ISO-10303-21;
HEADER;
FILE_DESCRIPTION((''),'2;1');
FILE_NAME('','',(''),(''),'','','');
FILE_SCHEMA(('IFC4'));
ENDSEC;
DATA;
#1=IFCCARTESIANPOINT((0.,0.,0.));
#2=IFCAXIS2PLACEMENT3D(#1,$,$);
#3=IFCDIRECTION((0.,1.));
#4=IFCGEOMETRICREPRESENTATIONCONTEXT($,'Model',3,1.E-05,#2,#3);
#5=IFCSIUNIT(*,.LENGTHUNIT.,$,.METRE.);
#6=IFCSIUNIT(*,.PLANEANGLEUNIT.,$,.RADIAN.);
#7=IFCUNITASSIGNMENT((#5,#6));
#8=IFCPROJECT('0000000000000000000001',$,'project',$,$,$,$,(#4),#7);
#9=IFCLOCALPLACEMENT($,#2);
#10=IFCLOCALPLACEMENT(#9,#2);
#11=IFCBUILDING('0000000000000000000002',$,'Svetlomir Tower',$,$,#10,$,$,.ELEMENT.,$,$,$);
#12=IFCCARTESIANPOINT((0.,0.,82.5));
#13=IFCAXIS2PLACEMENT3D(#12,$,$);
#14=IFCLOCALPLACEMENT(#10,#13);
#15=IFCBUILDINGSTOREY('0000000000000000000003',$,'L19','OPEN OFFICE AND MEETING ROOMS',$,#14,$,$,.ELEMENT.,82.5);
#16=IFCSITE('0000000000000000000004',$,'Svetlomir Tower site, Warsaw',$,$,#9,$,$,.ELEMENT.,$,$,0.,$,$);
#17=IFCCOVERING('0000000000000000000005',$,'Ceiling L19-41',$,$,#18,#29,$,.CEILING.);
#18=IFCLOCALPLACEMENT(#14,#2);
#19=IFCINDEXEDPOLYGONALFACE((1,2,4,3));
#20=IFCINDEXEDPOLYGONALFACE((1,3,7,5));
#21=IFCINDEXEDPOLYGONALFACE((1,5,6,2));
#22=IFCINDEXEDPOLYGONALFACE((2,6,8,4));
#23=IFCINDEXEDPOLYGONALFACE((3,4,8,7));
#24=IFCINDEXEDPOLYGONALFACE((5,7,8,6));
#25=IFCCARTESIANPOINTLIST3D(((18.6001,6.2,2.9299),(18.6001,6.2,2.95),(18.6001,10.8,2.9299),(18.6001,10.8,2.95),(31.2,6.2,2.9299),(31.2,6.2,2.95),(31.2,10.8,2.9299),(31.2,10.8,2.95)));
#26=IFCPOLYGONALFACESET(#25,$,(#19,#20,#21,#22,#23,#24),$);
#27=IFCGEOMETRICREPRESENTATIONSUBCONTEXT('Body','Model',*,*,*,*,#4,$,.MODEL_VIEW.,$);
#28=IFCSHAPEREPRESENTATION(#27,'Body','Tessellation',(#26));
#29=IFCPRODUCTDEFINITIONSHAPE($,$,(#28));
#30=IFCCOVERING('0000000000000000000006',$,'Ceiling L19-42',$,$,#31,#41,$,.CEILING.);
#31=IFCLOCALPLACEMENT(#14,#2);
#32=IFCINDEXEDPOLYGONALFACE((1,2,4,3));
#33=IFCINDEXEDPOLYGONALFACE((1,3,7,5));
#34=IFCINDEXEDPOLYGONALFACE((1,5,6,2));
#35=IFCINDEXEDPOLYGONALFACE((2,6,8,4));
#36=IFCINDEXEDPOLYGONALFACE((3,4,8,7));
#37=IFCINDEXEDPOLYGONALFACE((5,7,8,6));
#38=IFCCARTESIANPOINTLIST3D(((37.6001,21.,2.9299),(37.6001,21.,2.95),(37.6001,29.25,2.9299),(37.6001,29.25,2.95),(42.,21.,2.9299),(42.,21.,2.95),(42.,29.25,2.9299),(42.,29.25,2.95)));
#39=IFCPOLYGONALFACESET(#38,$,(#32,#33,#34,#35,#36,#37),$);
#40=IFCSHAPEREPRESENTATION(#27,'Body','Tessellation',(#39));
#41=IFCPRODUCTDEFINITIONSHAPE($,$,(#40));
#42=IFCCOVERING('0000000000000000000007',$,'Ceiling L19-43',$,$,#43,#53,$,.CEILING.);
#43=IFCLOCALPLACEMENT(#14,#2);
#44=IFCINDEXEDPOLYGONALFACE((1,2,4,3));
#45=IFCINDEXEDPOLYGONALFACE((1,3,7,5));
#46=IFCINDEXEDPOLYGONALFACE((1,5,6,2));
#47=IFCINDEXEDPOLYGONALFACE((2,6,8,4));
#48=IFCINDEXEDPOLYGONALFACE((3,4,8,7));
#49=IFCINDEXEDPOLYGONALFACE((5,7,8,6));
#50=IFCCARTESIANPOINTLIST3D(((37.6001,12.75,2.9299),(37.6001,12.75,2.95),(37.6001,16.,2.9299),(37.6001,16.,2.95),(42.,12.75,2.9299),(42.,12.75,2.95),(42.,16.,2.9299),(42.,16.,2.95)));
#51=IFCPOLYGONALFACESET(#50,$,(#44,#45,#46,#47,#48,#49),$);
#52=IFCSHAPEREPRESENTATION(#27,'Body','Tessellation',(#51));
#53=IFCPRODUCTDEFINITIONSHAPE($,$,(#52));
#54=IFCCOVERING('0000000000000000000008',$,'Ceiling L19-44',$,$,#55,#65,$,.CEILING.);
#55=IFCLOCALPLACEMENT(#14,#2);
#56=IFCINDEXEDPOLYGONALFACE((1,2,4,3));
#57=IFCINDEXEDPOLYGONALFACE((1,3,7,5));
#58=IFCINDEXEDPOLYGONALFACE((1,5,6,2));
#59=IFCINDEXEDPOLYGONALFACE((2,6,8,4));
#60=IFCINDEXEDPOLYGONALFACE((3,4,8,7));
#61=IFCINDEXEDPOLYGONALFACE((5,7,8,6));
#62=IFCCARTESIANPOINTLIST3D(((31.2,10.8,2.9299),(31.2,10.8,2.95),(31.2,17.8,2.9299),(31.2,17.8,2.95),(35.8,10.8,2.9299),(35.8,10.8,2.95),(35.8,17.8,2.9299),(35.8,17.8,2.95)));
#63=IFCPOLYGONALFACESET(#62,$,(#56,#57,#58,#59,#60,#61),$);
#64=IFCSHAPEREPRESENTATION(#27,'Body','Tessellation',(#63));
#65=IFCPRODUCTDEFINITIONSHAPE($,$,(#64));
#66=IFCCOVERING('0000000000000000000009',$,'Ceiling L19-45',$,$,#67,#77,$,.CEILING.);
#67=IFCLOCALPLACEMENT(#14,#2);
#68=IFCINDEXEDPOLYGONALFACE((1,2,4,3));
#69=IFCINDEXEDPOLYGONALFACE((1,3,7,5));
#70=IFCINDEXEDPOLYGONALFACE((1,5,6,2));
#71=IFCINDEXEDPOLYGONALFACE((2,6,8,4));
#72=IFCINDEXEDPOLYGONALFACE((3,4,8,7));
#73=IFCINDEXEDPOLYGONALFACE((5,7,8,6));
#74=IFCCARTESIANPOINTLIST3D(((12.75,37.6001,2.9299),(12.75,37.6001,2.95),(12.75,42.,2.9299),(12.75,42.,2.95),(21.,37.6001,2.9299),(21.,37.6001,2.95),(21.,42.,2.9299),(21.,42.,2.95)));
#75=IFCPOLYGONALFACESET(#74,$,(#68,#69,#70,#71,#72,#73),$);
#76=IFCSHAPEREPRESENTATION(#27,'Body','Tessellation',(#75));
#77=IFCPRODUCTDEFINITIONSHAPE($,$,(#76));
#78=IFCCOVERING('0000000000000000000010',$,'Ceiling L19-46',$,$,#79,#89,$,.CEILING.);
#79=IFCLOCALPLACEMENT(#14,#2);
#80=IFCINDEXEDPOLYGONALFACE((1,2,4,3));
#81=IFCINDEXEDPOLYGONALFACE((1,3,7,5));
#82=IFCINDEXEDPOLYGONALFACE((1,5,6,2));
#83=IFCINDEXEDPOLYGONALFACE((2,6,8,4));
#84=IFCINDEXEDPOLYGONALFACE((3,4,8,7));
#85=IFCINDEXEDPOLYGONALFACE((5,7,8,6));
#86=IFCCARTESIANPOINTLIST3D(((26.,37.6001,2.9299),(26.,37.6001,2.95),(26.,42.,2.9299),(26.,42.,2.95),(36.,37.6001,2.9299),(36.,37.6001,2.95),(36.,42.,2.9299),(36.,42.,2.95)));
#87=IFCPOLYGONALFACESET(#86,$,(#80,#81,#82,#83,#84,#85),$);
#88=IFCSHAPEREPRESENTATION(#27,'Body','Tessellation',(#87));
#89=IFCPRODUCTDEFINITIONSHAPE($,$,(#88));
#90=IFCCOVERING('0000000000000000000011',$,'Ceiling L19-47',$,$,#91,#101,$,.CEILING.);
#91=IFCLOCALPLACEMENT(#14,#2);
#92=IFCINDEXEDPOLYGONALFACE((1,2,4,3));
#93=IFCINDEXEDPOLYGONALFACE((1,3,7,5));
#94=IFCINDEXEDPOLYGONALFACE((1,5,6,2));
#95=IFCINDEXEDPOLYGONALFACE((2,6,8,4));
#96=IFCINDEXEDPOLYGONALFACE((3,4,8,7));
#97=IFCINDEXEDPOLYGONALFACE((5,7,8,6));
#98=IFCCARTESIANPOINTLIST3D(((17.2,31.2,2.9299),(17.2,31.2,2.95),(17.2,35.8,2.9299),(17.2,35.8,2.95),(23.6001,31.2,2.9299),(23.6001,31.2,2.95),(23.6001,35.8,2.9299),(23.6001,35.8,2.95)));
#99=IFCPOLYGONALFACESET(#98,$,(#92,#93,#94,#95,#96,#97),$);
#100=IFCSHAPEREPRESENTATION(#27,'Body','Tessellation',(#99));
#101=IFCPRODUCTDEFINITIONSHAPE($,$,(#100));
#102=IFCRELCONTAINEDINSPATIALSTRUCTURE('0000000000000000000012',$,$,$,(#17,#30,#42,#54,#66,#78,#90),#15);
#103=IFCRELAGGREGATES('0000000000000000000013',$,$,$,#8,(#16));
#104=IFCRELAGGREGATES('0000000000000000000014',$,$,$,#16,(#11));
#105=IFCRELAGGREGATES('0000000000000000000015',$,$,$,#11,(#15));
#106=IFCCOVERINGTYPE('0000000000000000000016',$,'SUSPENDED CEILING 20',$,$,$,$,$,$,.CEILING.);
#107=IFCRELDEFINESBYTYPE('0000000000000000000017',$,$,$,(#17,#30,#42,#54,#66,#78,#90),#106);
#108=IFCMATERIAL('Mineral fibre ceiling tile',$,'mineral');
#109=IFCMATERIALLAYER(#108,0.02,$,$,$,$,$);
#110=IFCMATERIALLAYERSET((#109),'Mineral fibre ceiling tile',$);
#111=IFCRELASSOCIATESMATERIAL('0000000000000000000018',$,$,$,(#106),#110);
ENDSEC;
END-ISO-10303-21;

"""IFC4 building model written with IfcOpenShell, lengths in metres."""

from ifc_helpers import new_model, si_unit, direction, frame, origin, place, context, subcontext, project, spatial, polyline, outline, extrude, material, layer, layer_set, type_object, element, save


model = new_model("IFC4")

# Units and contexts
model_context = context("Model", 3, precision=1e-05, world=origin(), true_north=direction((0.0, 1.0)))
body_context = subcontext(model_context, "Body", "Model", "MODEL_VIEW")
ifc_project = project(units=[si_unit("LENGTHUNIT", "METRE"), si_unit("PLANEANGLEUNIT", "RADIAN")], contexts=[model_context])

# Site, building, storey
site_placement = place(None, origin())
site = spatial("IfcSite", under=ifc_project, at=site_placement, Name="Svetlomir Tower site, Warsaw", CompositionType="ELEMENT", RefElevation=0.0)
building_placement = place(site_placement, origin())
building = spatial("IfcBuilding", under=site, at=building_placement, Name="Svetlomir Tower", CompositionType="ELEMENT")
storey_placement = place(building_placement, frame((0.0, 0.0, 82.5)))
storey = spatial("IfcBuildingStorey", under=building, at=storey_placement, Name="L19", Description="OPEN OFFICE AND MEETING ROOMS", CompositionType="ELEMENT", Elevation=82.5)

# Coverings
ifc_material_1 = material(Name="Mineral fibre ceiling tile", Category="mineral")
ifc_layer_1 = layer(ifc_material_1, 0.02)
ifc_layer_set_1 = layer_set([ifc_layer_1], Name="Mineral fibre ceiling tile")
covering_type_1 = type_object("IfcCoveringType", Name="SUSPENDED CEILING 20", PredefinedType="CEILING", material=ifc_layer_set_1)
covering_1_placement = place(storey_placement, frame((0.0, 0.0, 2.9299)))
element("IfcCovering", 1, at=covering_1_placement, inside=storey, type_object=covering_type_1, Name="Ceiling L19-41", PredefinedType="CEILING", context=body_context, shape_type="SweptSolid", body=[
    extrude(outline(polyline([(31.2, 10.8), (31.2, 6.2), (18.6001, 6.2), (18.6001, 10.8), (31.2, 10.8)])), origin(), (0.0, 0.0, 1.0), 0.02),
])
covering_2_placement = place(storey_placement, frame((0.0, 0.0, 2.9299)))
element("IfcCovering", 2, at=covering_2_placement, inside=storey, type_object=covering_type_1, Name="Ceiling L19-42", PredefinedType="CEILING", context=body_context, shape_type="SweptSolid", body=[
    extrude(outline(polyline([(42.0, 21.0), (37.6001, 21.0), (37.6001, 29.25), (42.0, 29.25), (42.0, 21.0)])), origin(), (0.0, 0.0, 1.0), 0.02),
])
covering_3_placement = place(storey_placement, frame((0.0, 0.0, 2.9299)))
element("IfcCovering", 3, at=covering_3_placement, inside=storey, type_object=covering_type_1, Name="Ceiling L19-43", PredefinedType="CEILING", context=body_context, shape_type="SweptSolid", body=[
    extrude(outline(polyline([(42.0, 12.75), (37.6001, 12.75), (37.6001, 16.0), (42.0, 16.0), (42.0, 12.75)])), origin(), (0.0, 0.0, 1.0), 0.02),
])
covering_4_placement = place(storey_placement, frame((0.0, 0.0, 2.9299)))
element("IfcCovering", 4, at=covering_4_placement, inside=storey, type_object=covering_type_1, Name="Ceiling L19-44", PredefinedType="CEILING", context=body_context, shape_type="SweptSolid", body=[
    extrude(outline(polyline([(31.2, 10.8), (31.2, 17.8), (35.8, 17.8), (35.8, 10.8), (31.2, 10.8)])), origin(), (0.0, 0.0, 1.0), 0.02),
])
covering_5_placement = place(storey_placement, frame((0.0, 0.0, 2.9299)))
element("IfcCovering", 5, at=covering_5_placement, inside=storey, type_object=covering_type_1, Name="Ceiling L19-45", PredefinedType="CEILING", context=body_context, shape_type="SweptSolid", body=[
    extrude(outline(polyline([(12.75, 37.6001), (12.75, 42.0), (21.0, 42.0), (21.0, 37.6001), (12.75, 37.6001)])), origin(), (0.0, 0.0, 1.0), 0.02),
])
covering_6_placement = place(storey_placement, frame((0.0, 0.0, 2.9299)))
element("IfcCovering", 6, at=covering_6_placement, inside=storey, type_object=covering_type_1, Name="Ceiling L19-46", PredefinedType="CEILING", context=body_context, shape_type="SweptSolid", body=[
    extrude(outline(polyline([(26.0, 37.6001), (26.0, 42.0), (36.0, 42.0), (36.0, 37.6001), (26.0, 37.6001)])), origin(), (0.0, 0.0, 1.0), 0.02),
])
covering_7_placement = place(storey_placement, frame((0.0, 0.0, 2.9299)))
element("IfcCovering", 7, at=covering_7_placement, inside=storey, type_object=covering_type_1, Name="Ceiling L19-47", PredefinedType="CEILING", context=body_context, shape_type="SweptSolid", body=[
    extrude(outline(polyline([(17.2, 31.2), (17.2, 35.8), (23.6001, 35.8), (23.6001, 31.2), (17.2, 31.2)])), origin(), (0.0, 0.0, 1.0), 0.02),
])

save(model, "model.ifc")
